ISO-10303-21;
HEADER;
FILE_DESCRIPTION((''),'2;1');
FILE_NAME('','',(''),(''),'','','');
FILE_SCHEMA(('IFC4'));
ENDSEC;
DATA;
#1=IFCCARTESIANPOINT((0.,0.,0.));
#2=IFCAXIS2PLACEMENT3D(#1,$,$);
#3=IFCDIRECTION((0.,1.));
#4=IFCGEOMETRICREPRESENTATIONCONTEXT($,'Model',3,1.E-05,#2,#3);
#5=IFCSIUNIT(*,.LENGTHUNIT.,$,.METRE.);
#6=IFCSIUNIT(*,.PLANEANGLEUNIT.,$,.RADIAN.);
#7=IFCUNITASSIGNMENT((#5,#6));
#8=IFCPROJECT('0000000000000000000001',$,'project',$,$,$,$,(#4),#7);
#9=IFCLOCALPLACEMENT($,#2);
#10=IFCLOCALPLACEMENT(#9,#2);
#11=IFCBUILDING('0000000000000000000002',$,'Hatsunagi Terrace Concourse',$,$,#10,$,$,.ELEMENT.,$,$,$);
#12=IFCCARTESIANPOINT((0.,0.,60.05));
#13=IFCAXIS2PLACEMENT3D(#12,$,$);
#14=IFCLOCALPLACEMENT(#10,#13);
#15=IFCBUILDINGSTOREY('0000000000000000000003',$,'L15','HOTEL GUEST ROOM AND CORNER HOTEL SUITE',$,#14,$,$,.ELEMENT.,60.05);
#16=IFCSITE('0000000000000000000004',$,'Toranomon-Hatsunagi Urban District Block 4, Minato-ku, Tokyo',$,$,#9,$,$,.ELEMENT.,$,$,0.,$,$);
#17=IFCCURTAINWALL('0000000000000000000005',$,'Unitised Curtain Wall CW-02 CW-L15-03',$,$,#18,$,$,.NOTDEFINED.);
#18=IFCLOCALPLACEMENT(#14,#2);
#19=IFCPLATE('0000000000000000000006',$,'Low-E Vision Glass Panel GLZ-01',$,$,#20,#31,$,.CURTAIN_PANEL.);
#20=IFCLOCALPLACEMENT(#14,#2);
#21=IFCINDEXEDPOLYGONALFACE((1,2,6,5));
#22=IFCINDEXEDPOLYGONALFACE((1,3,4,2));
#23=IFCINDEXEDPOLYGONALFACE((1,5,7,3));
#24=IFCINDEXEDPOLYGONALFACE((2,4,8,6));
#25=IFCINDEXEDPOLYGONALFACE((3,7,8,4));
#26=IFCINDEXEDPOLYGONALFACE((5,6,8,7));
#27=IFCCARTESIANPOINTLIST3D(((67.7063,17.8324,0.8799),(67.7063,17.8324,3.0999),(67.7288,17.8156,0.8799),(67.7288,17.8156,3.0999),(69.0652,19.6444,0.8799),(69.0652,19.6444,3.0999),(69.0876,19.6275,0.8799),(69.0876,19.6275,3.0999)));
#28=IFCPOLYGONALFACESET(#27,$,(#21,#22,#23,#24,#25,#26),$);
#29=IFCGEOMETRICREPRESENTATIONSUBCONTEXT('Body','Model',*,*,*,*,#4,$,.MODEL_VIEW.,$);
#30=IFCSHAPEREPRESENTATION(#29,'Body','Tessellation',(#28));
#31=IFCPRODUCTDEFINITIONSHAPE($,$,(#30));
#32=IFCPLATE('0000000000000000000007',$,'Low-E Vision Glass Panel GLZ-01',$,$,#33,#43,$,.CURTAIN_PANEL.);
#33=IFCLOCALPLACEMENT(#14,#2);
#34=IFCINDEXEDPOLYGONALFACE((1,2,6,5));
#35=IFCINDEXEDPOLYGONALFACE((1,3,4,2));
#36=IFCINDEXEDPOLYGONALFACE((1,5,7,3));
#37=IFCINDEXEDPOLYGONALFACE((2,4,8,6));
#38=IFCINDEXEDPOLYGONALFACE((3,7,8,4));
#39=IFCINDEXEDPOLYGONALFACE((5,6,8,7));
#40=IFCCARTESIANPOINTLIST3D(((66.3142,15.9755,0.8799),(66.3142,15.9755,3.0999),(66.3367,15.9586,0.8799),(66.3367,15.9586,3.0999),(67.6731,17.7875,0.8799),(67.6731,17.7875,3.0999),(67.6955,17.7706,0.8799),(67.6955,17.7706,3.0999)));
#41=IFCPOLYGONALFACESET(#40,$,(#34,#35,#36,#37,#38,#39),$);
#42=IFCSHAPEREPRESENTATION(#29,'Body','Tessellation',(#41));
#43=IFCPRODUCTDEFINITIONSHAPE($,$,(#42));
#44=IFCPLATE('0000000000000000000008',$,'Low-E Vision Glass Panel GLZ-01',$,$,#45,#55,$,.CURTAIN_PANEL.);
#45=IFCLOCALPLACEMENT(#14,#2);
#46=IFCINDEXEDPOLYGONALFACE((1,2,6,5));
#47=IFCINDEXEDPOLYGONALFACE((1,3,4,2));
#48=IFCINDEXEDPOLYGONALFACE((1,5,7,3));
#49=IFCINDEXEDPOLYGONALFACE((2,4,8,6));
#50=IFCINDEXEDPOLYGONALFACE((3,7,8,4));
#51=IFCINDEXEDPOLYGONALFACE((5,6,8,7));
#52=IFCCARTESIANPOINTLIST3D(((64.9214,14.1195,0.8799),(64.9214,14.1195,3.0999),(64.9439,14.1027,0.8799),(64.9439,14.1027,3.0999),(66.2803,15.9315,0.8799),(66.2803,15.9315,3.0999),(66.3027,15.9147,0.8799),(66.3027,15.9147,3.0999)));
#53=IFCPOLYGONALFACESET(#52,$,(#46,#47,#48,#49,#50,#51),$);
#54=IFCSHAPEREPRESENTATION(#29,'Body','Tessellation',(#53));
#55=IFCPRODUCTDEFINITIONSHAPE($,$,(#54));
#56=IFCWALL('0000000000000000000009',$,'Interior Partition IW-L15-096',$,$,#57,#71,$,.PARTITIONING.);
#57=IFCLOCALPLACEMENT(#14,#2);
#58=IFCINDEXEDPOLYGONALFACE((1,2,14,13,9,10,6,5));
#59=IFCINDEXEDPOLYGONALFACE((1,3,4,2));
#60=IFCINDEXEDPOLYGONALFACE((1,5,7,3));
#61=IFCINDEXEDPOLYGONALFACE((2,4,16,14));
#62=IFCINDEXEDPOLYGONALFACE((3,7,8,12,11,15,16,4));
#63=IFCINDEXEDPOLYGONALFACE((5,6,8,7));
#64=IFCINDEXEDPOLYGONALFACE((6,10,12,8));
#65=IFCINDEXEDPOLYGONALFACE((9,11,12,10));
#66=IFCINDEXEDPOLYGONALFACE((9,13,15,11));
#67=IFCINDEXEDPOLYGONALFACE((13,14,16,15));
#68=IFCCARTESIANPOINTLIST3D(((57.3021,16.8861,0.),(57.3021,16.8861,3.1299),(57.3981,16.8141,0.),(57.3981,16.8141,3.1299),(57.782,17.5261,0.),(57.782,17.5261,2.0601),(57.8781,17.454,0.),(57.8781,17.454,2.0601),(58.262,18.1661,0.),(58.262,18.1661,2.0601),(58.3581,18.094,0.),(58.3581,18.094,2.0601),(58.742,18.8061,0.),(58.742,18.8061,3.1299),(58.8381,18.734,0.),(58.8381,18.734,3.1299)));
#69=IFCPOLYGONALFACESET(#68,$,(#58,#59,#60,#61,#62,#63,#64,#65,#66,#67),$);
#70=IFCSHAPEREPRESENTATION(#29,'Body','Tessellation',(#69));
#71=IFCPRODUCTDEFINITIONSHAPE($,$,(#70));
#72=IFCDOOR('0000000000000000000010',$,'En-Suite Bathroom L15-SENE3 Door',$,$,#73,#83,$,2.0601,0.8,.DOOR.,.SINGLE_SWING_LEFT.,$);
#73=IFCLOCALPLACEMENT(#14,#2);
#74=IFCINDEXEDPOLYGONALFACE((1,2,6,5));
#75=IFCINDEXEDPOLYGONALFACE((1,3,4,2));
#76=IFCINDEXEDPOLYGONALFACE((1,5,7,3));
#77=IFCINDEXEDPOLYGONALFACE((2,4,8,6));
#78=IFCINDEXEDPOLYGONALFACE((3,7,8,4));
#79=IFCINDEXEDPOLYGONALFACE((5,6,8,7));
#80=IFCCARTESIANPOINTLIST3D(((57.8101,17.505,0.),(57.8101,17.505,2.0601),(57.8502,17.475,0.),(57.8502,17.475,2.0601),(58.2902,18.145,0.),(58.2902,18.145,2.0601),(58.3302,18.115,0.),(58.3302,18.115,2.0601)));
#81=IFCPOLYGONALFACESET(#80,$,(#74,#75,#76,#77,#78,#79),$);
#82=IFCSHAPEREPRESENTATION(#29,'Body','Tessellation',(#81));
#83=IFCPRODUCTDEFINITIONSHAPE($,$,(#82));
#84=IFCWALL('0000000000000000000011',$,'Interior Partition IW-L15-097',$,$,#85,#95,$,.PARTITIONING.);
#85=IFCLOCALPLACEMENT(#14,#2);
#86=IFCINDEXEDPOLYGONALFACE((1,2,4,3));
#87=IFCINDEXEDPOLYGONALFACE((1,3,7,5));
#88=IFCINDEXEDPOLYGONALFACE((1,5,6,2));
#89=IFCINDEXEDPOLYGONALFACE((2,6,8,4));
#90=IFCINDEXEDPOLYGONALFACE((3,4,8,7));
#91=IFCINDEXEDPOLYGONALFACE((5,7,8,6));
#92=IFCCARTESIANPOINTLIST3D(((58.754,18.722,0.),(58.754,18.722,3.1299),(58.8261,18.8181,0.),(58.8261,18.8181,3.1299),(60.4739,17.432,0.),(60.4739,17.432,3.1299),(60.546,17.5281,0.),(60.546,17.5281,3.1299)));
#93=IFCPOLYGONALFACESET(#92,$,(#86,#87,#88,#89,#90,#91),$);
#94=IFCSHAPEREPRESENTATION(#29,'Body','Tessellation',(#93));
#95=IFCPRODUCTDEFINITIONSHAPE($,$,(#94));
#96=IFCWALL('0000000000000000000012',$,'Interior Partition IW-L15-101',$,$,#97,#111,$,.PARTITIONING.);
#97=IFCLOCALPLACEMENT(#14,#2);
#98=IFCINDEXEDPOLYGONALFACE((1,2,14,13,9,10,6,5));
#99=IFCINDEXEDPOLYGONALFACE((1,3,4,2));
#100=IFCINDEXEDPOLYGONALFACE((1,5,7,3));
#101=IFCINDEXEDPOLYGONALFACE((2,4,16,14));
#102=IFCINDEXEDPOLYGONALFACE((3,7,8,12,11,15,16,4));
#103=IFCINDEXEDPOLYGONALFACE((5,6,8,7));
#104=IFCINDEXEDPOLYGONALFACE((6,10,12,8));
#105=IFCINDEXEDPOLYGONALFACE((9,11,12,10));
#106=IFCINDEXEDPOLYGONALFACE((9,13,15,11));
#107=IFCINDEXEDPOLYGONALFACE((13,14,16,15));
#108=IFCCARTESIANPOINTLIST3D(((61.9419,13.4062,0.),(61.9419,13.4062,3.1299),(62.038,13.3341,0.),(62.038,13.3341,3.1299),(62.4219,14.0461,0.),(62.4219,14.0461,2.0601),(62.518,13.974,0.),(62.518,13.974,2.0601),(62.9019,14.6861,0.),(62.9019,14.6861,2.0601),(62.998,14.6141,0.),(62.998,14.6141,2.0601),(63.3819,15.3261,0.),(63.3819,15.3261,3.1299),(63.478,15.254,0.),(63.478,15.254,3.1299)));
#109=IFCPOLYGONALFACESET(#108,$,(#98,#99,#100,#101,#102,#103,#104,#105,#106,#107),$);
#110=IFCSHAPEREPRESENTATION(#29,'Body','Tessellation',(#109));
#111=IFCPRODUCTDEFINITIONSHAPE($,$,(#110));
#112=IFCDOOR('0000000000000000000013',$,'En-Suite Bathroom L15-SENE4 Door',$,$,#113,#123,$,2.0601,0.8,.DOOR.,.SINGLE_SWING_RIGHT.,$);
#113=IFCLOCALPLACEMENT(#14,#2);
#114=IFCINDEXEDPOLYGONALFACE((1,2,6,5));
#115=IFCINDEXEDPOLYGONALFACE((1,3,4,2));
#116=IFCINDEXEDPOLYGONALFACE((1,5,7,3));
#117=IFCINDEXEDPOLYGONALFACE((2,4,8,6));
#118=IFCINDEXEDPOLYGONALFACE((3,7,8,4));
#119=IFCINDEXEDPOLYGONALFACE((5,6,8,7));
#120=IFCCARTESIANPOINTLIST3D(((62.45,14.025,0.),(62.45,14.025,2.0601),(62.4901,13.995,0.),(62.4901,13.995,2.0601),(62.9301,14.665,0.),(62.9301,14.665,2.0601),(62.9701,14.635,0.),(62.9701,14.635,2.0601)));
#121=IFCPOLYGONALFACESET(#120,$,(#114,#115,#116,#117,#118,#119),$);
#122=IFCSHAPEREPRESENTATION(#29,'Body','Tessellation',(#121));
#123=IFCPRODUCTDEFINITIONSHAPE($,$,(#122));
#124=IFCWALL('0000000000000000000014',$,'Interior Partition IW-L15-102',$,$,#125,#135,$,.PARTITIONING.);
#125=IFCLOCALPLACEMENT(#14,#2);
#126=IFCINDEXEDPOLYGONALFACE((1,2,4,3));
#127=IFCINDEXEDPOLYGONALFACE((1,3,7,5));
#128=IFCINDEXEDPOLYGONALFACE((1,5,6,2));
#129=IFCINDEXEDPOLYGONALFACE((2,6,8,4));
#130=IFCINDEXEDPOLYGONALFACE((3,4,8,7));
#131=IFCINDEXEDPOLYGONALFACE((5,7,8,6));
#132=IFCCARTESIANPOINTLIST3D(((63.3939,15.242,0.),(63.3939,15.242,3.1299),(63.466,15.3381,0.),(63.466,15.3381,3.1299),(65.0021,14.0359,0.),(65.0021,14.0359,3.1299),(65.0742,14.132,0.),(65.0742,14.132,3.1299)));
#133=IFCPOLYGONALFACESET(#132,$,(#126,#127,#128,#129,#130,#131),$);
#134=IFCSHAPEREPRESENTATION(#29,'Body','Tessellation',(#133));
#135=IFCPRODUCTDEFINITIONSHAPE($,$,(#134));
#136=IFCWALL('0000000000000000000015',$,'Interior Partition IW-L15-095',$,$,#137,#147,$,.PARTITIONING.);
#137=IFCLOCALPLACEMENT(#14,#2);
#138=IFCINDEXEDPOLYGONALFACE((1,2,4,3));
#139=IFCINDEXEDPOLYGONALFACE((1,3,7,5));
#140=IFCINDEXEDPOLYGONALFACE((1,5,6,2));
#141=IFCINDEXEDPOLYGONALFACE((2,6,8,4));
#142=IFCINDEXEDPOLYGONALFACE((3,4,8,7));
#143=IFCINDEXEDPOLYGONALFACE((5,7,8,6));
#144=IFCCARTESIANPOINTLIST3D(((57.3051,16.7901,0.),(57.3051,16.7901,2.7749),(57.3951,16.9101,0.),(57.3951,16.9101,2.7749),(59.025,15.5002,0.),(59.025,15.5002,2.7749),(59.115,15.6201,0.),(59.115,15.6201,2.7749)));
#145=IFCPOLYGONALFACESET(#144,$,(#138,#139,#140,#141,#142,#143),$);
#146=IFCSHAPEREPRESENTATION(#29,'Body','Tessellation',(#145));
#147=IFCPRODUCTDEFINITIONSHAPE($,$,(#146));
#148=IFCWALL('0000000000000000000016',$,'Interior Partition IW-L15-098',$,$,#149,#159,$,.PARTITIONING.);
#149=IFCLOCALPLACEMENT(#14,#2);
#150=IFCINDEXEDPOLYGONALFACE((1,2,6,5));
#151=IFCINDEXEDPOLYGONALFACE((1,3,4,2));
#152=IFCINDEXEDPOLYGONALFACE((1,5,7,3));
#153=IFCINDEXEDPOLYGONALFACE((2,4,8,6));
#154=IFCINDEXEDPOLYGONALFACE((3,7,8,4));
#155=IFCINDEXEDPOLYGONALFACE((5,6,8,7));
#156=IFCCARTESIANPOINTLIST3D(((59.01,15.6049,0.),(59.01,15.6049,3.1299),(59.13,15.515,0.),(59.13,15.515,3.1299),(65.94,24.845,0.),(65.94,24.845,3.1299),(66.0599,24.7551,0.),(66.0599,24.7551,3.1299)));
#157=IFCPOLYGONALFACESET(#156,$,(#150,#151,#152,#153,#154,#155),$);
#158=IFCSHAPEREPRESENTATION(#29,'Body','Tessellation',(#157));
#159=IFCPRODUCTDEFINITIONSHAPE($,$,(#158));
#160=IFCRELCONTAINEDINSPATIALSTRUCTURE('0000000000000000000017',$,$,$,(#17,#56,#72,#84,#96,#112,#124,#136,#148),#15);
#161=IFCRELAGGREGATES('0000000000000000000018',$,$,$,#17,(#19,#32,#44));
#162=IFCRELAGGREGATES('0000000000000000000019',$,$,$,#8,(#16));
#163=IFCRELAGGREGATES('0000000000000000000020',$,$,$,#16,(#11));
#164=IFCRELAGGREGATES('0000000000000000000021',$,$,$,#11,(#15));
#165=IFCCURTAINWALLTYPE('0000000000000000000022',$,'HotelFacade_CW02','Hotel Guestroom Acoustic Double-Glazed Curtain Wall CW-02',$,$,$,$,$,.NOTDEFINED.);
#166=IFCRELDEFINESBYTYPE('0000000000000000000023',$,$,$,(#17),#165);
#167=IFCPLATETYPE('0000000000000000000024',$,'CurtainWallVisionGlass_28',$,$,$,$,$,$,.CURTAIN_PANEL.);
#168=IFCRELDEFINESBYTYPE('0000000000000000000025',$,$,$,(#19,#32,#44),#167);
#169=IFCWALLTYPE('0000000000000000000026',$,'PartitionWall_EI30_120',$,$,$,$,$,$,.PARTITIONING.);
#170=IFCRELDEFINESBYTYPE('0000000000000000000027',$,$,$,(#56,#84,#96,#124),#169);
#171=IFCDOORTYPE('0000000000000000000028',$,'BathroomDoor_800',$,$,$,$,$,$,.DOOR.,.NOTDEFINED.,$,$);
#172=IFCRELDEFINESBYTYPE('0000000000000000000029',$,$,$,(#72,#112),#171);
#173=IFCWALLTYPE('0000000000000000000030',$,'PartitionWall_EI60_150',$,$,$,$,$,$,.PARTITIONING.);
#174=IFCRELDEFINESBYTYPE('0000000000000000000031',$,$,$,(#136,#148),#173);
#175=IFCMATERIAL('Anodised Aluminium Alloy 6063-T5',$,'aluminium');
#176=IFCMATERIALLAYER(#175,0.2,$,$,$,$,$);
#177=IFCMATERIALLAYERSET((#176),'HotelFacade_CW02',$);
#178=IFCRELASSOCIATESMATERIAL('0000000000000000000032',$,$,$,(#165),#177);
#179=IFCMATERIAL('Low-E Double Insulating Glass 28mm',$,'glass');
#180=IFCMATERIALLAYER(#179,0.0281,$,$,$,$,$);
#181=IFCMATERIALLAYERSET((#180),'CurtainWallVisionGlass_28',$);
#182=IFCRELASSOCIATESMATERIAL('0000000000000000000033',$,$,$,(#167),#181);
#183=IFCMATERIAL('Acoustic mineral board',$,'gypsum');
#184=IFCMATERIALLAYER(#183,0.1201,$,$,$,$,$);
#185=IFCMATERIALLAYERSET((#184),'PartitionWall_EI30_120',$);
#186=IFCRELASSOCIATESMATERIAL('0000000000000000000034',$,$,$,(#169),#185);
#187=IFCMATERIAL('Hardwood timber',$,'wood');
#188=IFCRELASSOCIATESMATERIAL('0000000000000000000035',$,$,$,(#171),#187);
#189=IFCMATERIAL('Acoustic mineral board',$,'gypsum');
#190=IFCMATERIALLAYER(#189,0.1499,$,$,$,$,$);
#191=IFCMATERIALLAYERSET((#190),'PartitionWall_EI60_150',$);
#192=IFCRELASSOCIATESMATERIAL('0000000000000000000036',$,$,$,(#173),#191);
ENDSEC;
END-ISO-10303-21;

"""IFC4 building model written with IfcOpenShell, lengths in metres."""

from ifc_helpers import new_model, si_unit, direction, frame, frame_2d, origin, origin_2d, place, context, subcontext, project, spatial, rectangle, extrude, material, layer, layer_set, type_object, element, fill, aggregate, save


model = new_model("IFC4")

# Units and contexts
model_context = context("Model", 3, precision=1e-05, world=origin(), true_north=direction((0.0, 1.0)))
body_context = subcontext(model_context, "Body", "Model", "MODEL_VIEW")
ifc_project = project(units=[si_unit("LENGTHUNIT", "METRE"), si_unit("PLANEANGLEUNIT", "RADIAN")], contexts=[model_context])

# Site, building, storey
site_placement = place(None, origin())
site = spatial("IfcSite", under=ifc_project, at=site_placement, Name="Toranomon-Hatsunagi Urban District Block 4, Minato-ku, Tokyo", CompositionType="ELEMENT", RefElevation=0.0)
building_placement = place(site_placement, origin())
building = spatial("IfcBuilding", under=site, at=building_placement, Name="Hatsunagi Terrace Concourse", CompositionType="ELEMENT")
storey_placement = place(building_placement, frame((0.0, 0.0, 60.05)))
storey = spatial("IfcBuildingStorey", under=building, at=storey_placement, Name="L15", Description="HOTEL GUEST ROOM AND CORNER HOTEL SUITE", CompositionType="ELEMENT", Elevation=60.05)

# Curtain wall, plates
ifc_material_1 = material(Name="Anodised Aluminium Alloy 6063-T5", Category="aluminium")
ifc_layer_1 = layer(ifc_material_1, 0.2)
ifc_layer_set_1 = layer_set([ifc_layer_1], Name="HotelFacade_CW02")
curtain_wall_type = type_object("IfcCurtainWallType", Name="HotelFacade_CW02", Description="Hotel Guestroom Acoustic Double-Glazed Curtain Wall CW-02", PredefinedType="NOTDEFINED", material=ifc_layer_set_1)
curtain_wall_placement = place(storey_placement, origin())
curtain_wall = element("IfcCurtainWall", 1, at=curtain_wall_placement, inside=storey, type_object=curtain_wall_type, Name="Unitised Curtain Wall CW-02 CW-L15-03", PredefinedType="NOTDEFINED")
ifc_material_2 = material(Name="Low-E Double Insulating Glass 28mm", Category="glass")
ifc_layer_2 = layer(ifc_material_2, 0.0281)
ifc_layer_set_2 = layer_set([ifc_layer_2], Name="CurtainWallVisionGlass_28")
plate_type_1 = type_object("IfcPlateType", Name="CurtainWallVisionGlass_28", PredefinedType="CURTAIN_PANEL", material=ifc_layer_set_2)
plate_1_placement = place(storey_placement, frame((68.397, 18.73, 0.8799), z_axis=(0.0, 0.0, 1.0), x_axis=(-0.599969, -0.800023, 0.0)))
plate_1 = element("IfcPlate", 2, at=plate_1_placement, type_object=plate_type_1, Name="Low-E Vision Glass Panel GLZ-01", PredefinedType="CURTAIN_PANEL", context=body_context, shape_type="SweptSolid", body=[
    extrude(rectangle(XDim=2.2649, YDim=0.0281, at=origin_2d()), origin(), (0.0, 0.0, 1.0), 2.22),
])
plate_2_placement = place(storey_placement, frame((67.0049, 16.873, 0.8799), z_axis=(0.0, 0.0, 1.0), x_axis=(-0.599969, -0.800023, 0.0)))
plate_2 = element("IfcPlate", 3, at=plate_2_placement, type_object=plate_type_1, Name="Low-E Vision Glass Panel GLZ-01", PredefinedType="CURTAIN_PANEL", context=body_context, shape_type="SweptSolid", body=[
    extrude(rectangle(XDim=2.2649, YDim=0.0281, at=origin_2d()), origin(), (0.0, 0.0, 1.0), 2.22),
])
plate_3_placement = place(storey_placement, frame((65.6121, 15.0171, 0.8799), z_axis=(0.0, 0.0, 1.0), x_axis=(-0.599969, -0.800023, 0.0)))
plate_3 = element("IfcPlate", 4, at=plate_3_placement, type_object=plate_type_1, Name="Low-E Vision Glass Panel GLZ-01", PredefinedType="CURTAIN_PANEL", context=body_context, shape_type="SweptSolid", body=[
    extrude(rectangle(XDim=2.2649, YDim=0.0281, at=origin_2d()), origin(), (0.0, 0.0, 1.0), 2.22),
])
aggregate(curtain_wall, [plate_1, plate_2, plate_3])

# Wall, opening, door
ifc_material_3 = material(Name="Acoustic mineral board", Category="gypsum")
ifc_layer_3 = layer(ifc_material_3, 0.1201)
ifc_layer_set_3 = layer_set([ifc_layer_3], Name="PartitionWall_EI30_120")
wall_type_1 = type_object("IfcWallType", Name="PartitionWall_EI30_120", PredefinedType="PARTITIONING", material=ifc_layer_set_3)
wall_1_placement = place(storey_placement, frame((57.3501, 16.8501, 0.0), z_axis=(0.0, 0.0, 1.0), x_axis=(0.6, 0.8, 0.0)))
wall_1 = element("IfcWall", 5, at=wall_1_placement, inside=storey, type_object=wall_type_1, Name="Interior Partition IW-L15-096", PredefinedType="PARTITIONING", context=body_context, shape_type="SweptSolid", body=[
    extrude(rectangle(XDim=2.3999, YDim=0.1201, at=frame_2d((1.2, 0.0))), origin(), (0.0, 0.0, 1.0), 3.1299),
])
opening_1_placement = place(wall_1_placement, frame((0.8, 0.0, 0.0)))
opening_1 = element("IfcOpeningElement", 6, at=opening_1_placement, cuts=wall_1, PredefinedType="OPENING", context=body_context, shape_type="SweptSolid", body=[
    extrude(rectangle(XDim=0.8, YDim=2.0601, at=frame_2d((0.3999, 1.03))), frame((0.0, 0.0701, 0.0), z_axis=(0.0, -1.0, 0.0), x_axis=(1.0, 0.0, 0.0)), (0.0, 0.0, 1.0), 0.1401),
])
ifc_material_4 = material(Name="Hardwood timber", Category="wood")
door_type_1 = type_object("IfcDoorType", Name="BathroomDoor_800", OperationType="NOTDEFINED", PredefinedType="DOOR", material=ifc_material_4)
door_1_placement = place(opening_1_placement, origin())
door_1 = element("IfcDoor", 7, at=door_1_placement, inside=storey, type_object=door_type_1, Name="En-Suite Bathroom L15-SENE3 Door", OperationType="SINGLE_SWING_LEFT", OverallHeight=2.0601, OverallWidth=0.8, PredefinedType="DOOR", context=body_context, shape_type="SweptSolid", body=[
    extrude(rectangle(XDim=0.8, YDim=2.0601, at=frame_2d((0.3999, 1.03))), frame((0.0, 0.0249, 0.0), z_axis=(0.0, -1.0, 0.0), x_axis=(1.0, 0.0, 0.0)), (0.0, 0.0, 1.0), 0.05),
])
fill(opening_1, door_1)

# Wall
wall_2_placement = place(storey_placement, frame((58.79, 18.77, 0.0), z_axis=(0.0, 0.0, 1.0), x_axis=(0.799986, -0.600018, 0.0)))
element("IfcWall", 8, at=wall_2_placement, inside=storey, type_object=wall_type_1, Name="Interior Partition IW-L15-097", PredefinedType="PARTITIONING", context=body_context, shape_type="SweptSolid", body=[
    extrude(rectangle(XDim=2.1499, YDim=0.1201, at=frame_2d((1.075, 0.0))), origin(), (0.0, 0.0, 1.0), 3.1299),
])

# Wall, opening, door
wall_3_placement = place(storey_placement, frame((61.99, 13.3701, 0.0), z_axis=(0.0, 0.0, 1.0), x_axis=(0.6, 0.8, 0.0)))
wall_3 = element("IfcWall", 9, at=wall_3_placement, inside=storey, type_object=wall_type_1, Name="Interior Partition IW-L15-101", PredefinedType="PARTITIONING", context=body_context, shape_type="SweptSolid", body=[
    extrude(rectangle(XDim=2.3999, YDim=0.1201, at=frame_2d((1.2, 0.0))), origin(), (0.0, 0.0, 1.0), 3.1299),
])
opening_2_placement = place(wall_3_placement, frame((0.8, 0.0, 0.0)))
opening_2 = element("IfcOpeningElement", 10, at=opening_2_placement, cuts=wall_3, PredefinedType="OPENING", context=body_context, shape_type="SweptSolid", body=[
    extrude(rectangle(XDim=0.8, YDim=2.0601, at=frame_2d((0.3999, 1.03))), frame((0.0, 0.0701, 0.0), z_axis=(0.0, -1.0, 0.0), x_axis=(1.0, 0.0, 0.0)), (0.0, 0.0, 1.0), 0.1401),
])
door_2_placement = place(opening_2_placement, origin())
door_2 = element("IfcDoor", 11, at=door_2_placement, inside=storey, type_object=door_type_1, Name="En-Suite Bathroom L15-SENE4 Door", OperationType="SINGLE_SWING_RIGHT", OverallHeight=2.0601, OverallWidth=0.8, PredefinedType="DOOR", context=body_context, shape_type="SweptSolid", body=[
    extrude(rectangle(XDim=0.8, YDim=2.0601, at=frame_2d((0.3999, 1.03))), frame((0.0, 0.0249, 0.0), z_axis=(0.0, -1.0, 0.0), x_axis=(1.0, 0.0, 0.0)), (0.0, 0.0, 1.0), 0.05),
])
fill(opening_2, door_2)

# Walls
wall_4_placement = place(storey_placement, frame((63.4299, 15.29, 0.0), z_axis=(0.0, 0.0, 1.0), x_axis=(0.800015, -0.599981, 0.0)))
element("IfcWall", 12, at=wall_4_placement, inside=storey, type_object=wall_type_1, Name="Interior Partition IW-L15-102", PredefinedType="PARTITIONING", context=body_context, shape_type="SweptSolid", body=[
    extrude(rectangle(XDim=2.0103, YDim=0.1201, at=frame_2d((1.0051, 0.0))), origin(), (0.0, 0.0, 1.0), 3.1299),
])
ifc_material_5 = material(Name="Acoustic mineral board", Category="gypsum")
ifc_layer_4 = layer(ifc_material_5, 0.1499)
ifc_layer_set_4 = layer_set([ifc_layer_4], Name="PartitionWall_EI60_150")
wall_type_2 = type_object("IfcWallType", Name="PartitionWall_EI60_150", PredefinedType="PARTITIONING", material=ifc_layer_set_4)
wall_5_placement = place(storey_placement, frame((57.3501, 16.8501, 0.0), z_axis=(0.0, 0.0, 1.0), x_axis=(0.799986, -0.600018, 0.0)))
element("IfcWall", 13, at=wall_5_placement, inside=storey, type_object=wall_type_2, Name="Interior Partition IW-L15-095", PredefinedType="PARTITIONING", context=body_context, shape_type="SweptSolid", body=[
    extrude(rectangle(XDim=2.1499, YDim=0.1499, at=frame_2d((1.075, 0.0))), origin(), (0.0, 0.0, 1.0), 2.7749),
])
wall_6_placement = place(storey_placement, frame((59.0701, 15.5601, 0.0), z_axis=(0.0, 0.0, 1.0), x_axis=(0.599997, 0.800003, 0.0)))
element("IfcWall", 14, at=wall_6_placement, inside=storey, type_object=wall_type_2, Name="Interior Partition IW-L15-098", PredefinedType="PARTITIONING", context=body_context, shape_type="SweptSolid", body=[
    extrude(rectangle(XDim=11.55, YDim=0.1499, at=frame_2d((5.7749, 0.0))), origin(), (0.0, 0.0, 1.0), 3.1299),
])

save(model, "model.ifc")
